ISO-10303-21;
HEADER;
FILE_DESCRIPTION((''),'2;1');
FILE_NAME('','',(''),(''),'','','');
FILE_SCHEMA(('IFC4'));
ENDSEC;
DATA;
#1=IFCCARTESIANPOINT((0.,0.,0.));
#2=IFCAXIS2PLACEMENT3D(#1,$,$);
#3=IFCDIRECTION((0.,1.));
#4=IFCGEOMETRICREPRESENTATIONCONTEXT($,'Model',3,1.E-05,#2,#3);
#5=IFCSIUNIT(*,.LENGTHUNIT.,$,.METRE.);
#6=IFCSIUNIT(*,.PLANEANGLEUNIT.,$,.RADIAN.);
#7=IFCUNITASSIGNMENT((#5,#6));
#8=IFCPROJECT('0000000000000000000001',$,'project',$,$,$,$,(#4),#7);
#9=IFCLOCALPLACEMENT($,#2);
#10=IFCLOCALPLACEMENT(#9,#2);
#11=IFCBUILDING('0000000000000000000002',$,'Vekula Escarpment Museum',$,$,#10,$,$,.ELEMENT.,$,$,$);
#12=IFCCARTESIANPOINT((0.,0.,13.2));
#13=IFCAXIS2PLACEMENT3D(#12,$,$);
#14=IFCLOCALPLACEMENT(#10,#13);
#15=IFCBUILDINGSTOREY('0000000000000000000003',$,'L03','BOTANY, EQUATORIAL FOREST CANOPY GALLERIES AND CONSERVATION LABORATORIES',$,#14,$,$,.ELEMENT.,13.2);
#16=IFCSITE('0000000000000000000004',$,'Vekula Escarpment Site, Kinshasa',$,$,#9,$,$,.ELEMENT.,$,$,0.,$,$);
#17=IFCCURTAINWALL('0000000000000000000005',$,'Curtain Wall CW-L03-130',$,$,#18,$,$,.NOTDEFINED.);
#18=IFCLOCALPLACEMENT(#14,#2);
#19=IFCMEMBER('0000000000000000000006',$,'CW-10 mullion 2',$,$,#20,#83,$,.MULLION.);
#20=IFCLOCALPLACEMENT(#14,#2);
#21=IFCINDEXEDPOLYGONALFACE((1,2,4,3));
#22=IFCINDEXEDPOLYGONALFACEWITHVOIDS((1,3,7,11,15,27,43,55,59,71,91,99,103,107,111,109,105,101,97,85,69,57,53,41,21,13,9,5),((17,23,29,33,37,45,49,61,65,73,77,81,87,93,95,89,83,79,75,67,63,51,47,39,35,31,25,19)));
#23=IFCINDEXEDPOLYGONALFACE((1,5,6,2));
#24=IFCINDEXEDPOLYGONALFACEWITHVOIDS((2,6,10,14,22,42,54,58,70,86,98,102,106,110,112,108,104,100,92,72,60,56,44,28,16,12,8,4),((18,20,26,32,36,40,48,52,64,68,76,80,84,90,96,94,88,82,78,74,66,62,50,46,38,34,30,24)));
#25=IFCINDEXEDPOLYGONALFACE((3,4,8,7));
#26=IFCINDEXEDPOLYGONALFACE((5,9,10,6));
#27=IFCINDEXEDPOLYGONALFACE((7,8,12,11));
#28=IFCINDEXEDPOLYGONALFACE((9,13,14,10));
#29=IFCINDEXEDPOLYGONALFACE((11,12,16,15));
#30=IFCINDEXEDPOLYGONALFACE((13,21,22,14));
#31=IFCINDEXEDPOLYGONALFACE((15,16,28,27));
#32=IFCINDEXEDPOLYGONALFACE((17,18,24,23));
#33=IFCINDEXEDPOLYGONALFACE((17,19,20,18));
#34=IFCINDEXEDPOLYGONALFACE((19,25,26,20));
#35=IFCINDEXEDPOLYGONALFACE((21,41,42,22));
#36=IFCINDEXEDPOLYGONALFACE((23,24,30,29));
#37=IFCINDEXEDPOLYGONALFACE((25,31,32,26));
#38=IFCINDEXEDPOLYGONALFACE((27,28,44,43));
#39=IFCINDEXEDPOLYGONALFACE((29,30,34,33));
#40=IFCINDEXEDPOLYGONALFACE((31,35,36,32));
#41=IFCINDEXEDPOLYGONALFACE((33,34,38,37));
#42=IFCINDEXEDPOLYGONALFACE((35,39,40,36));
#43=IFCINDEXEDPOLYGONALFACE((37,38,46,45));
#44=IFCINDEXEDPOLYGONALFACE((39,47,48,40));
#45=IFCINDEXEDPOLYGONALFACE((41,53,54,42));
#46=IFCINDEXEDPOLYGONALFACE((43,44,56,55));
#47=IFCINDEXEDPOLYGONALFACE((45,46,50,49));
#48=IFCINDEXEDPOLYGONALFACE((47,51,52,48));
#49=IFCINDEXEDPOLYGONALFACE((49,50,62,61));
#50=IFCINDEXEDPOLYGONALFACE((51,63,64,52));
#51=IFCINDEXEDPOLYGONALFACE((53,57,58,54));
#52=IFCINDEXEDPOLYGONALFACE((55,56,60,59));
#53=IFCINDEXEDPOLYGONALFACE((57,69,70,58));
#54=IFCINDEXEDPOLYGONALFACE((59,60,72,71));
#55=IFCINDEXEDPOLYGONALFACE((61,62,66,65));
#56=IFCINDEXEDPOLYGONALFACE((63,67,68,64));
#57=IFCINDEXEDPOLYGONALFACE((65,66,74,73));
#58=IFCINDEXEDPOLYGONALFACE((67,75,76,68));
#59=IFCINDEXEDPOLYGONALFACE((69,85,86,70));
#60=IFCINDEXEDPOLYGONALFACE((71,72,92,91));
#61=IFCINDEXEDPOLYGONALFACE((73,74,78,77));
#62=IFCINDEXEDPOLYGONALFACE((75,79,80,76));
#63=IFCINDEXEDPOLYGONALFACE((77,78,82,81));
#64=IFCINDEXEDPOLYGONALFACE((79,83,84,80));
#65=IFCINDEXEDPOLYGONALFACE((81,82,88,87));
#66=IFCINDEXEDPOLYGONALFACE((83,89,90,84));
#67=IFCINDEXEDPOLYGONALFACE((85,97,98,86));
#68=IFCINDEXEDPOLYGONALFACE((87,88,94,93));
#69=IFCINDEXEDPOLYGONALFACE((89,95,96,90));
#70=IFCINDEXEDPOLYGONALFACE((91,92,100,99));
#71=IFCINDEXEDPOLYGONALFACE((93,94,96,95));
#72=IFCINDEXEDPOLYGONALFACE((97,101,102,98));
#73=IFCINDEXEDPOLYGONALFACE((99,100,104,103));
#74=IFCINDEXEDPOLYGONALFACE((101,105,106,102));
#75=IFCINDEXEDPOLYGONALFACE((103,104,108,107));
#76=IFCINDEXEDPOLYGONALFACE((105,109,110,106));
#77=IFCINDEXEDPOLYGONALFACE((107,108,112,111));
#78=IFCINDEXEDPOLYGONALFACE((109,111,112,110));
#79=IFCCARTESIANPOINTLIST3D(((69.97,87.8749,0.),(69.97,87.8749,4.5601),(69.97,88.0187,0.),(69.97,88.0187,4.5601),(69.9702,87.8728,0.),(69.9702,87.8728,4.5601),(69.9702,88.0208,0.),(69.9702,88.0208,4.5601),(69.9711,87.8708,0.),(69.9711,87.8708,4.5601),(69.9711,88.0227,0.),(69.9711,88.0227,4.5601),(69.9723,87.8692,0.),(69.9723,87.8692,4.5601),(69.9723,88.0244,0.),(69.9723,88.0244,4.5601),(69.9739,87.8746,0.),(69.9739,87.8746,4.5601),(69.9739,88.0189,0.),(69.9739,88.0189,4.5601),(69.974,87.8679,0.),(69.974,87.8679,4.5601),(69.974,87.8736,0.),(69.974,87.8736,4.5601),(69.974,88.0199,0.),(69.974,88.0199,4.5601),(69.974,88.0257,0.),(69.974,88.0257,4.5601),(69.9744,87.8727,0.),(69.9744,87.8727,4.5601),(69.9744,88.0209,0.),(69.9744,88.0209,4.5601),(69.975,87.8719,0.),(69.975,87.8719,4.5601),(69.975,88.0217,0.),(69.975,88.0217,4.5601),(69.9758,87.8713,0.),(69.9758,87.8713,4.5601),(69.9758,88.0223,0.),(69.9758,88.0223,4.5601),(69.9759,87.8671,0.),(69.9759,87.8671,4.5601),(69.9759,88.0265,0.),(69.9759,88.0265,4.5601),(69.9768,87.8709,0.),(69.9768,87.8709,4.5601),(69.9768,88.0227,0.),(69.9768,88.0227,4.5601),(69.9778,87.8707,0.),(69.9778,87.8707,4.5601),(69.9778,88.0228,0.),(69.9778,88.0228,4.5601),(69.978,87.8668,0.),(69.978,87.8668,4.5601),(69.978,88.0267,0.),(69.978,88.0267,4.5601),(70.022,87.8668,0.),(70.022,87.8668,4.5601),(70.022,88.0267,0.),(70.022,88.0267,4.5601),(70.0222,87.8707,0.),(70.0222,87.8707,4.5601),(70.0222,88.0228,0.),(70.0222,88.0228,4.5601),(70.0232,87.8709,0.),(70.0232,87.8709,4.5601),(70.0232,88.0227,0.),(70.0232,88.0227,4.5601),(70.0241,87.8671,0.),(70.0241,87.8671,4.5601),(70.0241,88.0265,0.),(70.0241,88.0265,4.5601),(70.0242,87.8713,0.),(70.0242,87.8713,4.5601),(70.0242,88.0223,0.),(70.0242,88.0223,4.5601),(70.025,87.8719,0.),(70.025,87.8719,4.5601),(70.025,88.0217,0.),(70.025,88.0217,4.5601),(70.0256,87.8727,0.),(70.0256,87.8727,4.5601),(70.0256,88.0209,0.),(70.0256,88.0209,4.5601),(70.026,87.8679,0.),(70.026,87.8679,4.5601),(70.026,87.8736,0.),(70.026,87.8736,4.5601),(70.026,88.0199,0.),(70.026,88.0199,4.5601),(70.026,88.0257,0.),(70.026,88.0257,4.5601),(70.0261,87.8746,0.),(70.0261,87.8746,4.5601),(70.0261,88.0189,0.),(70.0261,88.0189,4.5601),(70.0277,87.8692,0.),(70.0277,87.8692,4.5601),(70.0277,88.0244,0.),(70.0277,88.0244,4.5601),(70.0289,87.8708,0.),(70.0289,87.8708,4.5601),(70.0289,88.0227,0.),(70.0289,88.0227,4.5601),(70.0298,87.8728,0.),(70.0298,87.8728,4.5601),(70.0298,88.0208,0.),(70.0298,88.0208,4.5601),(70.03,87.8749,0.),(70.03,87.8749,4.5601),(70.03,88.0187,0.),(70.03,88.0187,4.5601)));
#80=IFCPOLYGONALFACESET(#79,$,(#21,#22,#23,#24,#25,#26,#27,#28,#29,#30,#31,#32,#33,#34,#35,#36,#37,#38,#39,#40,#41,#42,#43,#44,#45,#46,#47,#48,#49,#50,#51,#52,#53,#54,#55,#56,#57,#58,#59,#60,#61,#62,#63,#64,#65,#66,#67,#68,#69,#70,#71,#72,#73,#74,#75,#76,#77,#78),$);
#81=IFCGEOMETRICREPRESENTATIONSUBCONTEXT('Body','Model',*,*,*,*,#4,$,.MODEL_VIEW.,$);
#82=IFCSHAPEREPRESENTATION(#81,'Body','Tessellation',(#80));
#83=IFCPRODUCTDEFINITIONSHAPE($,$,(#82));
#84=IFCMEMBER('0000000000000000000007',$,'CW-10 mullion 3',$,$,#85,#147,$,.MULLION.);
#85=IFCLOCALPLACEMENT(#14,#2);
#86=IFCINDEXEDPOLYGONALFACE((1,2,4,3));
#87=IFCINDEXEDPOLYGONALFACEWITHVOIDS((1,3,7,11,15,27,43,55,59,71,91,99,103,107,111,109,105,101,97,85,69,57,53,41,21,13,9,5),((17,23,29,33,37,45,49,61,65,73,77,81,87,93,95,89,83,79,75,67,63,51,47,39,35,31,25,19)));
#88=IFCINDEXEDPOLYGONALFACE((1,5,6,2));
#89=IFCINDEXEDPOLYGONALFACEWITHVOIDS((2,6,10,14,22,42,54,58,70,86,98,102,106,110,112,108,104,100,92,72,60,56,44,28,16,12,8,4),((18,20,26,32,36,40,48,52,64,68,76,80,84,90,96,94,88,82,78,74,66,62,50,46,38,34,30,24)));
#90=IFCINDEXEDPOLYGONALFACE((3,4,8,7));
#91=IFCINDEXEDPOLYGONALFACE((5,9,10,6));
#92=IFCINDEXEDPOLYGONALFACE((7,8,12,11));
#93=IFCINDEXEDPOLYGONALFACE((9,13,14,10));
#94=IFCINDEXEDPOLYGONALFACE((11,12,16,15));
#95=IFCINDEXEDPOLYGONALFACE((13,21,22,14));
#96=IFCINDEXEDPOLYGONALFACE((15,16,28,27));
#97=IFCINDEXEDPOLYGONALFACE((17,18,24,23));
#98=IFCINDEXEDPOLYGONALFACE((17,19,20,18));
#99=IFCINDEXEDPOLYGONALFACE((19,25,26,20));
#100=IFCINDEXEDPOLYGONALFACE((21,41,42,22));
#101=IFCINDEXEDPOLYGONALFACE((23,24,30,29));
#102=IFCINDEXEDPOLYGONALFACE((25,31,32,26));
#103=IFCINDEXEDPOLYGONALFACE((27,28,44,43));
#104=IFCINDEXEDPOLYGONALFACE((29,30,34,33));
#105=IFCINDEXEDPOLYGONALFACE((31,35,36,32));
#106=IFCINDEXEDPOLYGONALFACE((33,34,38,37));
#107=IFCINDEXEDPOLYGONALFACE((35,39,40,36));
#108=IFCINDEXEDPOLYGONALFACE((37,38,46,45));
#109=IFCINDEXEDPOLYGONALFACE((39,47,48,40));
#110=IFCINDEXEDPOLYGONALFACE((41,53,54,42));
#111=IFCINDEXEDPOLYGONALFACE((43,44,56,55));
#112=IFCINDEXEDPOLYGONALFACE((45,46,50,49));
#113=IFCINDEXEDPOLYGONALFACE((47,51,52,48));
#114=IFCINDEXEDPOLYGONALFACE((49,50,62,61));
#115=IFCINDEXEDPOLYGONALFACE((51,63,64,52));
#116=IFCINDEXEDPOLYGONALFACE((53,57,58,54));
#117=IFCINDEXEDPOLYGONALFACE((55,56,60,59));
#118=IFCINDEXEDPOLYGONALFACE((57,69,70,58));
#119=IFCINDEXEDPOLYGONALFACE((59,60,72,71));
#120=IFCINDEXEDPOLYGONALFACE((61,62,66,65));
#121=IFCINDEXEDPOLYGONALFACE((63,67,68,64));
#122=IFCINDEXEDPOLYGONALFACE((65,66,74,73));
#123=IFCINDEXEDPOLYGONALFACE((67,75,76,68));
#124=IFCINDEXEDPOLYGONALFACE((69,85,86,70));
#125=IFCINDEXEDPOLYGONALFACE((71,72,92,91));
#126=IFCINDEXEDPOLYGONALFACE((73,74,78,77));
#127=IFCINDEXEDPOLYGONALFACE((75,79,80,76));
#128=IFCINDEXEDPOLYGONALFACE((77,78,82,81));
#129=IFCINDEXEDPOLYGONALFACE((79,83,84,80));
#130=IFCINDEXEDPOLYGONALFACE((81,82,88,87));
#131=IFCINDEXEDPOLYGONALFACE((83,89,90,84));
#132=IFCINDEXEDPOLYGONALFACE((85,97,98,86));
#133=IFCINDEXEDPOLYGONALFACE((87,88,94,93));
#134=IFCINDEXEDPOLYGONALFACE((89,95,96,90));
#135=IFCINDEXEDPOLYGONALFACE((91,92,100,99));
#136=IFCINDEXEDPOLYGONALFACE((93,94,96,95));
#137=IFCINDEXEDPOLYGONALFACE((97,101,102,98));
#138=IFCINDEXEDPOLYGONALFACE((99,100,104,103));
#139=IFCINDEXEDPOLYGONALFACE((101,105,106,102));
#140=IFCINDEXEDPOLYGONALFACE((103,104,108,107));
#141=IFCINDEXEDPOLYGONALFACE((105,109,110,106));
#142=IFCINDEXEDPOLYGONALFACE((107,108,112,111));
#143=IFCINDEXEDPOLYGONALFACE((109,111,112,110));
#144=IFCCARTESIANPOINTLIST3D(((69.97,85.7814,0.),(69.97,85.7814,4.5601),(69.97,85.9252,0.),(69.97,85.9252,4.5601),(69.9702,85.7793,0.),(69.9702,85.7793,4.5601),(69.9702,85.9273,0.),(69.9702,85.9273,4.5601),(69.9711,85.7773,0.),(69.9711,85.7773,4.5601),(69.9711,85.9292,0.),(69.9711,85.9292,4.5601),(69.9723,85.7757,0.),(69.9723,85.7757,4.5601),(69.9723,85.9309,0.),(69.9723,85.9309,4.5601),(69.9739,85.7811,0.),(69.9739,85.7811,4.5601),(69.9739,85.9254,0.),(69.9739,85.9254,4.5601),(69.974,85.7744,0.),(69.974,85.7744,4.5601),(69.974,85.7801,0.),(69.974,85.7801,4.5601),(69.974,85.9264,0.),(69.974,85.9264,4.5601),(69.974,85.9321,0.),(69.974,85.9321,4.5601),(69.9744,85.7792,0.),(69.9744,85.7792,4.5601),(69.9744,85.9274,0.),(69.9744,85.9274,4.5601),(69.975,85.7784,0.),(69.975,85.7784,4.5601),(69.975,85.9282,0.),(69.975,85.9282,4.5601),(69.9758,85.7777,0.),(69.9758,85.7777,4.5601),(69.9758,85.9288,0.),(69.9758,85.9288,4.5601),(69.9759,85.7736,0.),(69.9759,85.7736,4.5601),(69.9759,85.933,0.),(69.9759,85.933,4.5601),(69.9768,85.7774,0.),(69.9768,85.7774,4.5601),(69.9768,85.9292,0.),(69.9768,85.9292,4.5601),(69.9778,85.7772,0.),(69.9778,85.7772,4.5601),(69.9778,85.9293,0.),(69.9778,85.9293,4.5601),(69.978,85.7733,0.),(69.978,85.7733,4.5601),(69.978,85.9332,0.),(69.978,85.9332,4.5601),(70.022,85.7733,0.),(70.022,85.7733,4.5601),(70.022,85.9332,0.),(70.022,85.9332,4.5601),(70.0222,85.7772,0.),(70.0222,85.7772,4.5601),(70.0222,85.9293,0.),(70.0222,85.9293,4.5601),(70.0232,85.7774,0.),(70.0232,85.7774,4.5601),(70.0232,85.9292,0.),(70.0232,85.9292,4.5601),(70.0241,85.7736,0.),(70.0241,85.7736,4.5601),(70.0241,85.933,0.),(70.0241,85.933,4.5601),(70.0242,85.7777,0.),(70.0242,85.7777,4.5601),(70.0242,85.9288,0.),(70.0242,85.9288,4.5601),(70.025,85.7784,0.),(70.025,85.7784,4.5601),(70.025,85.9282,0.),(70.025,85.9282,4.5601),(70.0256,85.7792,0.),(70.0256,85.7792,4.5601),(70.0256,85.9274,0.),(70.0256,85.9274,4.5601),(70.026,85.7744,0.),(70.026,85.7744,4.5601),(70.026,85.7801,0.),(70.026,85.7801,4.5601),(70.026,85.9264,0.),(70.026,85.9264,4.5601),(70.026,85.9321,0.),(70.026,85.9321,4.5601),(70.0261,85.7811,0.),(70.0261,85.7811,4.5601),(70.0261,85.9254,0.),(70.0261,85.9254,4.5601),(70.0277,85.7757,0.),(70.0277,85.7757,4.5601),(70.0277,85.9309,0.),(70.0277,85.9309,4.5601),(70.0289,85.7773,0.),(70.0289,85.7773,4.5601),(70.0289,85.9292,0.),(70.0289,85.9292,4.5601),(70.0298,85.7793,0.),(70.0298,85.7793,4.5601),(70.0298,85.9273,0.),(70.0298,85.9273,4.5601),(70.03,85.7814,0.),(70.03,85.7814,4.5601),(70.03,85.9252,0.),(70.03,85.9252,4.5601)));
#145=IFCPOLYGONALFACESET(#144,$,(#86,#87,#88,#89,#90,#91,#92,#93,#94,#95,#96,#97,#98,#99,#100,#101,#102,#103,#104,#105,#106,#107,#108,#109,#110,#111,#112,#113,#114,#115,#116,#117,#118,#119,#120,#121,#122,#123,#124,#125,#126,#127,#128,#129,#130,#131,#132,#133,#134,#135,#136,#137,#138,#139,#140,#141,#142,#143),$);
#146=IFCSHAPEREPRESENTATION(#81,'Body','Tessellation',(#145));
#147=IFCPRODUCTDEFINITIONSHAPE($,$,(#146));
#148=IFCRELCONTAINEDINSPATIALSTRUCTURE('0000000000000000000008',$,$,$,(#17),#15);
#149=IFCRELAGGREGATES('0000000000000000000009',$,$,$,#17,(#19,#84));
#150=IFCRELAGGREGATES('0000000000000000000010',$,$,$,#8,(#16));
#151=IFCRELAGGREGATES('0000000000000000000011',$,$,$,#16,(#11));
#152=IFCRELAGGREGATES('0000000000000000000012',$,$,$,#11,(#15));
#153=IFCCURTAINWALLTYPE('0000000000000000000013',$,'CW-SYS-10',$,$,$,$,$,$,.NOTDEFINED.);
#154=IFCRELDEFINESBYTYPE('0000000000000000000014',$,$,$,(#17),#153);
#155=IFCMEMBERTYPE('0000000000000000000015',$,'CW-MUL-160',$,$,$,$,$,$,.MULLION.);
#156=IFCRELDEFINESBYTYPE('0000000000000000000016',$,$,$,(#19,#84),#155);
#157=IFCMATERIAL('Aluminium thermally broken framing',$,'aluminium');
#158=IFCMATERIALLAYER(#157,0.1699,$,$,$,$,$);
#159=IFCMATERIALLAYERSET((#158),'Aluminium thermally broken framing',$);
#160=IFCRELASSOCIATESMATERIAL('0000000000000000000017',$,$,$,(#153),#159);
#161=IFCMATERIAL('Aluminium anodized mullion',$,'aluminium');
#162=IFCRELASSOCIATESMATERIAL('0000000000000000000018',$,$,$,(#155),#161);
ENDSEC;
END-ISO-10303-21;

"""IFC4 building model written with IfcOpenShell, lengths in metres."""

from ifc_helpers import new_model, si_unit, direction, frame, origin, origin_2d, place, context, subcontext, project, spatial, hollow_rectangle, extrude, material, layer, layer_set, material_profile, profile_set, type_object, element, aggregate, save


model = new_model("IFC4")

# Units and contexts
model_context = context("Model", 3, precision=1e-05, world=origin(), true_north=direction((0.0, 1.0)))
body_context = subcontext(model_context, "Body", "Model", "MODEL_VIEW")
ifc_project = project(units=[si_unit("LENGTHUNIT", "METRE"), si_unit("PLANEANGLEUNIT", "RADIAN")], contexts=[model_context])

# Site, building, storey
site_placement = place(None, origin())
site = spatial("IfcSite", under=ifc_project, at=site_placement, Name="Vekula Escarpment Site, Kinshasa", CompositionType="ELEMENT", RefElevation=0.0)
building_placement = place(site_placement, origin())
building = spatial("IfcBuilding", under=site, at=building_placement, Name="Vekula Escarpment Museum", CompositionType="ELEMENT")
storey_placement = place(building_placement, frame((0.0, 0.0, 13.2)))
storey = spatial("IfcBuildingStorey", under=building, at=storey_placement, Name="L03", Description="BOTANY, EQUATORIAL FOREST CANOPY GALLERIES AND CONSERVATION LABORATORIES", CompositionType="ELEMENT", Elevation=13.2)

# Curtain wall, members
ifc_material_1 = material(Name="Aluminium thermally broken framing", Category="aluminium")
ifc_layer_1 = layer(ifc_material_1, 0.1699)
ifc_layer_set_1 = layer_set([ifc_layer_1], Name="Aluminium thermally broken framing")
curtain_wall_type = type_object("IfcCurtainWallType", Name="CW-SYS-10", PredefinedType="NOTDEFINED", material=ifc_layer_set_1)
curtain_wall_placement = place(storey_placement, origin())
curtain_wall = element("IfcCurtainWall", 1, at=curtain_wall_placement, inside=storey, type_object=curtain_wall_type, Name="Curtain Wall CW-L03-130", PredefinedType="NOTDEFINED")
ifc_material_2 = material(Name="Aluminium anodized mullion", Category="aluminium")
ifc_material_profile_1 = material_profile(ifc_material_2, hollow_rectangle(XDim=0.0601, YDim=0.1599, WallThickness=0.0039, InnerFilletRadius=0.0039, OuterFilletRadius=0.0081, at=origin_2d()), Name="ALU 160x60x4")
ifc_profile_set_1 = profile_set([ifc_material_profile_1], Name="Aluminium anodized mullion")
member_type_1 = type_object("IfcMemberType", Name="CW-MUL-160", PredefinedType="MULLION", material=ifc_profile_set_1)
member_1_placement = place(storey_placement, frame((70.0, 87.9468, 0.0), z_axis=(0.0, 0.0, 1.0), x_axis=(1.0, 0.0, 0.0)))
member_1 = element("IfcMember", 2, at=member_1_placement, type_object=member_type_1, Name="CW-10 mullion 2", PredefinedType="MULLION", context=body_context, shape_type="SweptSolid", body=[
    extrude(hollow_rectangle(XDim=0.0601, YDim=0.1599, WallThickness=0.0039, InnerFilletRadius=0.0039, OuterFilletRadius=0.0081, at=origin_2d()), origin(), (0.0, 0.0, 1.0), 4.5601),
])
member_2_placement = place(storey_placement, frame((70.0, 85.8533, 0.0), z_axis=(0.0, 0.0, 1.0), x_axis=(1.0, 0.0, 0.0)))
member_2 = element("IfcMember", 3, at=member_2_placement, type_object=member_type_1, Name="CW-10 mullion 3", PredefinedType="MULLION", context=body_context, shape_type="SweptSolid", body=[
    extrude(hollow_rectangle(XDim=0.0601, YDim=0.1599, WallThickness=0.0039, InnerFilletRadius=0.0039, OuterFilletRadius=0.0081, at=origin_2d()), origin(), (0.0, 0.0, 1.0), 4.5601),
])

aggregate(curtain_wall, [member_1, member_2])

save(model, "model.ifc")
